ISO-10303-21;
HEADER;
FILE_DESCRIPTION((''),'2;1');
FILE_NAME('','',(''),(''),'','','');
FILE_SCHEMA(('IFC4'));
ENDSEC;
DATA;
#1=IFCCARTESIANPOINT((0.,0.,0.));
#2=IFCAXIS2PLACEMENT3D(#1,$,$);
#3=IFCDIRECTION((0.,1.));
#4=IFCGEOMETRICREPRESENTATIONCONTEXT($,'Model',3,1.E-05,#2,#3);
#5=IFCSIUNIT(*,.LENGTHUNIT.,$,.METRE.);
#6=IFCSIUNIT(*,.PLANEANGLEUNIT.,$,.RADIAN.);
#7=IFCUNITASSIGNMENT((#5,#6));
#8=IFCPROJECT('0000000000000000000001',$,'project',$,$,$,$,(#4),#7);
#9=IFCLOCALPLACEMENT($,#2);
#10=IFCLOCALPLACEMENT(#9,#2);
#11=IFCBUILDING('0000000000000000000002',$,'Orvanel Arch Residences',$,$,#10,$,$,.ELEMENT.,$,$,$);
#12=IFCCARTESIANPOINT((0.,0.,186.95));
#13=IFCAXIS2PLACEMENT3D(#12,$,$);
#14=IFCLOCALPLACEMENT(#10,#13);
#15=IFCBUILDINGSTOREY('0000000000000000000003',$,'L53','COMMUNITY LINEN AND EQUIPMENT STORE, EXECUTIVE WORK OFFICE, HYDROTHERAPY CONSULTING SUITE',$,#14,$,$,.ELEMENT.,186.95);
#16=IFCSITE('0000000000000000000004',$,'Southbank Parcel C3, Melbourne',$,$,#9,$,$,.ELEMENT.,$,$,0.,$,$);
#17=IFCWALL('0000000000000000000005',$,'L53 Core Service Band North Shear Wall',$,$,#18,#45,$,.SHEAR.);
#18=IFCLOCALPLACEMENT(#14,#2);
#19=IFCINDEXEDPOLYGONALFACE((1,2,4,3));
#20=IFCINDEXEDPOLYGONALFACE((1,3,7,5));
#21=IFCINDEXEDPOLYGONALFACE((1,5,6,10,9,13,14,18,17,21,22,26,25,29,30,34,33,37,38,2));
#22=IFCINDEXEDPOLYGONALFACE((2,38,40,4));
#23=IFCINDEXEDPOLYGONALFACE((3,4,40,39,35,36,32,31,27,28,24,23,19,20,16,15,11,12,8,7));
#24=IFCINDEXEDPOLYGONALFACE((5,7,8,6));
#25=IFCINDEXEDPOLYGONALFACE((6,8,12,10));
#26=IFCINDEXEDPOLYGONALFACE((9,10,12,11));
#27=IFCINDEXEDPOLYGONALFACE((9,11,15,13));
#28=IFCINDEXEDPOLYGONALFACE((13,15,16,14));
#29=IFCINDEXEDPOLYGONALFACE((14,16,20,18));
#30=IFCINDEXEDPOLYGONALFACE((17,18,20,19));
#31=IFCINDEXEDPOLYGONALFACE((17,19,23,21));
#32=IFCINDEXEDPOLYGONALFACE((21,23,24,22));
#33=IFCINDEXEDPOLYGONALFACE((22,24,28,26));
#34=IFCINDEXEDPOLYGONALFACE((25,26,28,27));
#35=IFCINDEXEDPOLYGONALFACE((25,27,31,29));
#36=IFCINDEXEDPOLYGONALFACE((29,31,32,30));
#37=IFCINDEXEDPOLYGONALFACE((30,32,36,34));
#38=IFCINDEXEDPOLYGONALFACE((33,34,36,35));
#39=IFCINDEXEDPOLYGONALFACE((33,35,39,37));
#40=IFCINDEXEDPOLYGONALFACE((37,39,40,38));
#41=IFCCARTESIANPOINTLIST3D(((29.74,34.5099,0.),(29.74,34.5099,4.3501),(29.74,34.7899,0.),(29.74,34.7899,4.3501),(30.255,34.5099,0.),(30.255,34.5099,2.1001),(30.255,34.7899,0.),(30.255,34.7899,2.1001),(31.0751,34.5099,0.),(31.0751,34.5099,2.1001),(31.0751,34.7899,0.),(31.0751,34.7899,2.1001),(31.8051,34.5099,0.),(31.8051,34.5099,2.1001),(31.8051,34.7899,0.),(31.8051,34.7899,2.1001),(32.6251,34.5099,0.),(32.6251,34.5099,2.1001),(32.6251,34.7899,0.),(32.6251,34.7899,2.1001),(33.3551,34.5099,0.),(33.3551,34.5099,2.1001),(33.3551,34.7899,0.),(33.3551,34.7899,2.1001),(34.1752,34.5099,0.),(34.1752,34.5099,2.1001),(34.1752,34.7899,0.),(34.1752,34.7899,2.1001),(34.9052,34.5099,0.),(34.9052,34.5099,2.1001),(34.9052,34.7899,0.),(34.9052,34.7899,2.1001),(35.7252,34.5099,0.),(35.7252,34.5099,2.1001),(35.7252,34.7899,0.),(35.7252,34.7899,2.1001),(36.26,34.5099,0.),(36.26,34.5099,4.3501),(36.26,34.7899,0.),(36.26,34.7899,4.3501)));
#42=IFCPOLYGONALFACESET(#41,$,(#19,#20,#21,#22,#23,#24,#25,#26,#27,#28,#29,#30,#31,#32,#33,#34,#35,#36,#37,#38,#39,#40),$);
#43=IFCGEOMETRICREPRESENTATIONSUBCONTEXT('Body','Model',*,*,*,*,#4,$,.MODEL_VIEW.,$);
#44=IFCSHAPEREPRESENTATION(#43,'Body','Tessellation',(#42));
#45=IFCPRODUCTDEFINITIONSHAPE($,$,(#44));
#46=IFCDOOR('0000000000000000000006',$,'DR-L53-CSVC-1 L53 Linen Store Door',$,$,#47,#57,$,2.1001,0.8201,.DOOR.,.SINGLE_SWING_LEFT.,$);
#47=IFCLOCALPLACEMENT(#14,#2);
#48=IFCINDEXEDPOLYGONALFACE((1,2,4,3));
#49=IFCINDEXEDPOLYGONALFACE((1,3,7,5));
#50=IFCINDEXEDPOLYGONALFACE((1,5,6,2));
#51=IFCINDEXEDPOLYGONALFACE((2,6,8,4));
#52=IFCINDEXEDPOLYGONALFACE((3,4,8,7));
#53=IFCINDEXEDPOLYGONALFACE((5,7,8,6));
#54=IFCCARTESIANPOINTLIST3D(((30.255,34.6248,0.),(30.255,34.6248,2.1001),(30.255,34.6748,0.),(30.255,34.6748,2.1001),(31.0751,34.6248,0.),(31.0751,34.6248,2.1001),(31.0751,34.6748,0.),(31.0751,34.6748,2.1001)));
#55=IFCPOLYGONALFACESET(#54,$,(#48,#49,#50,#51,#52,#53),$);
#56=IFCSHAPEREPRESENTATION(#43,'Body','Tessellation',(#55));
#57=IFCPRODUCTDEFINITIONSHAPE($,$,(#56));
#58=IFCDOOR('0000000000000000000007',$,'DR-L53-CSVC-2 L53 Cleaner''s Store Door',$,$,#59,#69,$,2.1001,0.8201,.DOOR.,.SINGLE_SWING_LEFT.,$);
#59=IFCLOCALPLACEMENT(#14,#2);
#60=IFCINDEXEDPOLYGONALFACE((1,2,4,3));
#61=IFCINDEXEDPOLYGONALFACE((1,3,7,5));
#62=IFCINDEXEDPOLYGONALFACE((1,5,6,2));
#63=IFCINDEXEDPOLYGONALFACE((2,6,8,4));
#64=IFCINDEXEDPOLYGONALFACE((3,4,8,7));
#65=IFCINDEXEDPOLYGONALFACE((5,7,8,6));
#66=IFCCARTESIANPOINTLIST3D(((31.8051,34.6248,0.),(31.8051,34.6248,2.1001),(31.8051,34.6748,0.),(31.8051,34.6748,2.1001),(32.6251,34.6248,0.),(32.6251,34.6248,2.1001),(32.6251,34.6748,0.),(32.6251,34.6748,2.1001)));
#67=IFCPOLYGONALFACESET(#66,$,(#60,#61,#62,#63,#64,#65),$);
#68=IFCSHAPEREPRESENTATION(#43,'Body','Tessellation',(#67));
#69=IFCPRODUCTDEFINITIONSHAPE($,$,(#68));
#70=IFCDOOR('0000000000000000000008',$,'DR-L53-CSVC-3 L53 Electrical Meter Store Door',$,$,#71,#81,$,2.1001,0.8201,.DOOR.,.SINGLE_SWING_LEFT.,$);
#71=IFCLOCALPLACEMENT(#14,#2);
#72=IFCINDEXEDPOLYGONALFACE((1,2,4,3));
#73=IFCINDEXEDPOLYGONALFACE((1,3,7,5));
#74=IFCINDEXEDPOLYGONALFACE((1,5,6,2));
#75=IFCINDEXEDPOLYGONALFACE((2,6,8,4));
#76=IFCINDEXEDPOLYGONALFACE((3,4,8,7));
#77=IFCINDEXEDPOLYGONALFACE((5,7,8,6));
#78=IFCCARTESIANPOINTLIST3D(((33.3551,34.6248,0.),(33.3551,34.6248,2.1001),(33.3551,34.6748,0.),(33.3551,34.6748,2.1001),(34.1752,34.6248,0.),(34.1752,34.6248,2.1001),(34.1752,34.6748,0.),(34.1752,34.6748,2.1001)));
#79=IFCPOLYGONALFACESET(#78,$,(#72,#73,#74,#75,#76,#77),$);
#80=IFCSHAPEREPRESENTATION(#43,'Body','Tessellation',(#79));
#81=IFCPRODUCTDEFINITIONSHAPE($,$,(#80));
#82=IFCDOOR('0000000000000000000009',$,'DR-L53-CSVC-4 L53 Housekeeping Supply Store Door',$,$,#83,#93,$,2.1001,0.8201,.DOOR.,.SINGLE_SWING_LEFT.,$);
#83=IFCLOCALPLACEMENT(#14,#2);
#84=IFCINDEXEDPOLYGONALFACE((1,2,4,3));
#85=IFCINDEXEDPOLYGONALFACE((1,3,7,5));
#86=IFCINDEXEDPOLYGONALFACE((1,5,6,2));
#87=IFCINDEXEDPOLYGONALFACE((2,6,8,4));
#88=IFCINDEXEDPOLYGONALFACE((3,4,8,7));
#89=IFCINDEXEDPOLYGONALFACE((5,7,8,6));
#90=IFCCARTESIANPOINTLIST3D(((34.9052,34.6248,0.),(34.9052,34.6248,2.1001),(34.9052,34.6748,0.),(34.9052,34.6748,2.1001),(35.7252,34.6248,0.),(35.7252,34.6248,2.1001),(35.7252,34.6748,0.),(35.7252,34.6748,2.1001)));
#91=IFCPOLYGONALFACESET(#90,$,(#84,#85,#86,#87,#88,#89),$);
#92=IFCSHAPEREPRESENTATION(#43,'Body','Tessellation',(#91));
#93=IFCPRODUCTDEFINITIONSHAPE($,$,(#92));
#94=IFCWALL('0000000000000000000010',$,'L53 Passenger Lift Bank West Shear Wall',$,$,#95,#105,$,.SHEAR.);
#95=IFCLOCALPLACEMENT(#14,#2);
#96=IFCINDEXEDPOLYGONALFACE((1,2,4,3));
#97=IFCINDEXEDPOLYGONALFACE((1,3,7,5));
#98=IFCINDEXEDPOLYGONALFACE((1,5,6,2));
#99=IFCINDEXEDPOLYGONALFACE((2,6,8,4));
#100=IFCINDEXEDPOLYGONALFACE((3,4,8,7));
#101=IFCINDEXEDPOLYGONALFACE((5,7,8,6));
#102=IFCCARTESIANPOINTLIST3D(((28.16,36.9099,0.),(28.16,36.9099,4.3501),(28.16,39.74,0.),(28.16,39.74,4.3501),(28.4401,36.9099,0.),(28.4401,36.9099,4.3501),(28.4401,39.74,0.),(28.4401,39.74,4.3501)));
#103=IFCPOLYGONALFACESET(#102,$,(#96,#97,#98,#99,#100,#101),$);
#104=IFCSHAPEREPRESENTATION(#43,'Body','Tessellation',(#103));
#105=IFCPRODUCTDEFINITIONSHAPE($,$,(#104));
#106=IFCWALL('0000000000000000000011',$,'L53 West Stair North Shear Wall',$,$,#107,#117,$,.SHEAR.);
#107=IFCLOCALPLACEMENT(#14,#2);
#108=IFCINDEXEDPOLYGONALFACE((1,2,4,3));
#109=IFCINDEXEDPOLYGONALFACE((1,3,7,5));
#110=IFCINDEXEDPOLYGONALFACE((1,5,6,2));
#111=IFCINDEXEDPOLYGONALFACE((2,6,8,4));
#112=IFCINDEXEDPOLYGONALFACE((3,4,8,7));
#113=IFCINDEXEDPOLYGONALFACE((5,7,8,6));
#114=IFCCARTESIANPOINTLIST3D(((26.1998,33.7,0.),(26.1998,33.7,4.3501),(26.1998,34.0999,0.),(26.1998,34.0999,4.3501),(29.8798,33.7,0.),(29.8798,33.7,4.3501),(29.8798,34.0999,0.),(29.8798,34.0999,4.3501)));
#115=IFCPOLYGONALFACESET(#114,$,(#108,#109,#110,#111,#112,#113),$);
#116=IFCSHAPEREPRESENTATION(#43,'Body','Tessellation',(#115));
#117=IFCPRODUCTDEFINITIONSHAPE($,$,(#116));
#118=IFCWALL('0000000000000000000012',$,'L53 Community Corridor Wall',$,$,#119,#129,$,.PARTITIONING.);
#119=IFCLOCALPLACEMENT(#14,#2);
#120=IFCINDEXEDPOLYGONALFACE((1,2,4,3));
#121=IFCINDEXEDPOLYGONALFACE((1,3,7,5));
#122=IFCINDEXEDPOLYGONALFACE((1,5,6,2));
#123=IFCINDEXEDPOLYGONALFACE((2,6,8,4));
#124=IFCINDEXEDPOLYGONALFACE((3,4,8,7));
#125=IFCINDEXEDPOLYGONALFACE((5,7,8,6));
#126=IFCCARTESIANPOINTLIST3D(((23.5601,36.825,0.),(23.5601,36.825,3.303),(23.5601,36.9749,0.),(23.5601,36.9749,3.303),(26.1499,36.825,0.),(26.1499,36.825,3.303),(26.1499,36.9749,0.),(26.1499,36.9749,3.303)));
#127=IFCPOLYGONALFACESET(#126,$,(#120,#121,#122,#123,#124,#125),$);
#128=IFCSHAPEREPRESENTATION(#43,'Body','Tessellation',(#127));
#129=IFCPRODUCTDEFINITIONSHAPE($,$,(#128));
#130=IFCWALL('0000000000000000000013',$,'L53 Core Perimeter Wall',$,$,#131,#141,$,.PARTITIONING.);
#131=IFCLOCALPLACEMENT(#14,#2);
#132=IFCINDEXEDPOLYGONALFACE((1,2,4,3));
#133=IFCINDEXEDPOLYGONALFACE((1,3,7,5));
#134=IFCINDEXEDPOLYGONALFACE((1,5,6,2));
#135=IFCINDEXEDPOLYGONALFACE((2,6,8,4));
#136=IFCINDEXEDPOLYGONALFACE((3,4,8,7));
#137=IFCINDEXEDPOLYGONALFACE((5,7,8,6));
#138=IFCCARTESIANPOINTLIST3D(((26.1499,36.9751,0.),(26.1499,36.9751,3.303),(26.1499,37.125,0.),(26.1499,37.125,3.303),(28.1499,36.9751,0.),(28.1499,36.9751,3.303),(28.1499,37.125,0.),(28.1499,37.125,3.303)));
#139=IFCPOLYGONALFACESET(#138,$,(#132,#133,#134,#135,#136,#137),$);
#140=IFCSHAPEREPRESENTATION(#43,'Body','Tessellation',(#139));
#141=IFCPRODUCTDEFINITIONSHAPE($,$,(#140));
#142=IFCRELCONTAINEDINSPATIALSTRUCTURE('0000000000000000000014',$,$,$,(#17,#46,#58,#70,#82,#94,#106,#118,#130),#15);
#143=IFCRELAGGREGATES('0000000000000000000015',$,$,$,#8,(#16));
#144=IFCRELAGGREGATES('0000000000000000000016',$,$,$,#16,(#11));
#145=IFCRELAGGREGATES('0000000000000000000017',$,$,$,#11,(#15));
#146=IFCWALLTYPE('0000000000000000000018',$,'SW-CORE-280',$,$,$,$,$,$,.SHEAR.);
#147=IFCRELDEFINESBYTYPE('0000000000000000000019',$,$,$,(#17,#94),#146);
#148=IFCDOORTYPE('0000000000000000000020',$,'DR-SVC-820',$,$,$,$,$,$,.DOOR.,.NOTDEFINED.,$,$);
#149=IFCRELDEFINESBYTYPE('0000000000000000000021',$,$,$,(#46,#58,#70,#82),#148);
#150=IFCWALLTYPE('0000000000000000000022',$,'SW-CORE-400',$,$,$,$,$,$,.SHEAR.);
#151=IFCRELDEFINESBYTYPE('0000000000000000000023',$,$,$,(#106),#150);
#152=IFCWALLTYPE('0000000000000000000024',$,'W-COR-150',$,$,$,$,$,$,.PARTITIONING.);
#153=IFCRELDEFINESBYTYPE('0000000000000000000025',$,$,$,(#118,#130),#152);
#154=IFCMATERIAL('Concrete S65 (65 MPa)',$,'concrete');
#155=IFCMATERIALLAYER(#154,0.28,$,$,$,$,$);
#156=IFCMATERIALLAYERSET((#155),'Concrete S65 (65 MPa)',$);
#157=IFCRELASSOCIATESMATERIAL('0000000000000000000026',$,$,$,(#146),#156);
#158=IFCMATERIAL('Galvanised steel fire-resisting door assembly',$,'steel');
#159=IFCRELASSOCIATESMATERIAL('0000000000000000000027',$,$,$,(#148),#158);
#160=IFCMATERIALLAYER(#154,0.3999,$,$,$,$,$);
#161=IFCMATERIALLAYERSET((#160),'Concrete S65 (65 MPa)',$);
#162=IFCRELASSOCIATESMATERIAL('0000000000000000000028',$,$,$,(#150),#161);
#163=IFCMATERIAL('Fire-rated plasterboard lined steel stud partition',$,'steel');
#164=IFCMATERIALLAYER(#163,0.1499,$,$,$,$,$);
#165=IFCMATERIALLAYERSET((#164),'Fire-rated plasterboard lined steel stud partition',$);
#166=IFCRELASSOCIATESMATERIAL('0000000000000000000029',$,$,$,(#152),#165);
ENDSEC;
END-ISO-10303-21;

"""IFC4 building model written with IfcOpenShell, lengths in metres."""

from ifc_helpers import new_model, si_unit, direction, frame, frame_2d, origin, place, context, subcontext, project, spatial, rectangle, extrude, material, layer, layer_set, type_object, element, fill, save


model = new_model("IFC4")

# Units and contexts
model_context = context("Model", 3, precision=1e-05, world=origin(), true_north=direction((0.0, 1.0)))
body_context = subcontext(model_context, "Body", "Model", "MODEL_VIEW")
ifc_project = project(units=[si_unit("LENGTHUNIT", "METRE"), si_unit("PLANEANGLEUNIT", "RADIAN")], contexts=[model_context])

# Site, building, storey
site_placement = place(None, origin())
site = spatial("IfcSite", under=ifc_project, at=site_placement, Name="Southbank Parcel C3, Melbourne", CompositionType="ELEMENT", RefElevation=0.0)
building_placement = place(site_placement, origin())
building = spatial("IfcBuilding", under=site, at=building_placement, Name="Orvanel Arch Residences", CompositionType="ELEMENT")
storey_placement = place(building_placement, frame((0.0, 0.0, 186.95)))
storey = spatial("IfcBuildingStorey", under=building, at=storey_placement, Name="L53", Description="COMMUNITY LINEN AND EQUIPMENT STORE, EXECUTIVE WORK OFFICE, HYDROTHERAPY CONSULTING SUITE", CompositionType="ELEMENT", Elevation=186.95)

# Shared definitions
ifc_material_1 = material(Name="Concrete S65 (65 MPa)", Category="concrete")

# Wall, openings, doors
ifc_layer_1 = layer(ifc_material_1, 0.28)
ifc_layer_set_1 = layer_set([ifc_layer_1], Name="Concrete S65 (65 MPa)")
wall_type_1 = type_object("IfcWallType", Name="SW-CORE-280", PredefinedType="SHEAR", material=ifc_layer_set_1)
wall_1_placement = place(storey_placement, frame((29.74, 34.6499, 0.0), z_axis=(0.0, 0.0, 1.0), x_axis=(1.0, 0.0, 0.0)))
wall_1 = element("IfcWall", 1, at=wall_1_placement, inside=storey, type_object=wall_type_1, Name="L53 Core Service Band North Shear Wall", PredefinedType="SHEAR", context=body_context, shape_type="SweptSolid", body=[
    extrude(rectangle(XDim=6.52, YDim=0.28, at=frame_2d((3.26, 0.0))), origin(), (0.0, 0.0, 1.0), 4.3501),
])
opening_1_placement = place(wall_1_placement, frame((0.5149, 0.0, 0.0)))
opening_1 = element("IfcOpeningElement", 2, at=opening_1_placement, cuts=wall_1, PredefinedType="OPENING", context=body_context, shape_type="SweptSolid", body=[
    extrude(rectangle(XDim=0.8201, YDim=2.1001, at=frame_2d((0.4102, 1.05))), frame((0.0, 0.1499, 0.0), z_axis=(0.0, -1.0, 0.0), x_axis=(1.0, 0.0, 0.0)), (0.0, 0.0, 1.0), 0.3),
])
opening_2_placement = place(wall_1_placement, frame((2.0649, 0.0, 0.0)))
opening_2 = element("IfcOpeningElement", 3, at=opening_2_placement, cuts=wall_1, PredefinedType="OPENING", context=body_context, shape_type="SweptSolid", body=[
    extrude(rectangle(XDim=0.8201, YDim=2.1001, at=frame_2d((0.4102, 1.05))), frame((0.0, 0.1499, 0.0), z_axis=(0.0, -1.0, 0.0), x_axis=(1.0, 0.0, 0.0)), (0.0, 0.0, 1.0), 0.3),
])
opening_3_placement = place(wall_1_placement, frame((3.615, 0.0, 0.0)))
opening_3 = element("IfcOpeningElement", 4, at=opening_3_placement, cuts=wall_1, PredefinedType="OPENING", context=body_context, shape_type="SweptSolid", body=[
    extrude(rectangle(XDim=0.8201, YDim=2.1001, at=frame_2d((0.4102, 1.05))), frame((0.0, 0.1499, 0.0), z_axis=(0.0, -1.0, 0.0), x_axis=(1.0, 0.0, 0.0)), (0.0, 0.0, 1.0), 0.3),
])
opening_4_placement = place(wall_1_placement, frame((5.165, 0.0, 0.0)))
opening_4 = element("IfcOpeningElement", 5, at=opening_4_placement, cuts=wall_1, PredefinedType="OPENING", context=body_context, shape_type="SweptSolid", body=[
    extrude(rectangle(XDim=0.8201, YDim=2.1001, at=frame_2d((0.4102, 1.05))), frame((0.0, 0.1499, 0.0), z_axis=(0.0, -1.0, 0.0), x_axis=(1.0, 0.0, 0.0)), (0.0, 0.0, 1.0), 0.3),
])
ifc_material_2 = material(Name="Galvanised steel fire-resisting door assembly", Category="steel")
door_type_1 = type_object("IfcDoorType", Name="DR-SVC-820", OperationType="NOTDEFINED", PredefinedType="DOOR", material=ifc_material_2)
door_1_placement = place(opening_1_placement, origin())
door_1 = element("IfcDoor", 6, at=door_1_placement, inside=storey, type_object=door_type_1, Name="DR-L53-CSVC-1 L53 Linen Store Door", OperationType="SINGLE_SWING_LEFT", OverallHeight=2.1001, OverallWidth=0.8201, PredefinedType="DOOR", context=body_context, shape_type="SweptSolid", body=[
    extrude(rectangle(XDim=0.8201, YDim=2.1001, at=frame_2d((0.4102, 1.05))), frame((0.0, 0.0249, 0.0), z_axis=(0.0, -1.0, 0.0), x_axis=(1.0, 0.0, 0.0)), (0.0, 0.0, 1.0), 0.05),
])
fill(opening_1, door_1)
door_2_placement = place(opening_2_placement, origin())
door_2 = element("IfcDoor", 7, at=door_2_placement, inside=storey, type_object=door_type_1, Name="DR-L53-CSVC-2 L53 Cleaner's Store Door", OperationType="SINGLE_SWING_LEFT", OverallHeight=2.1001, OverallWidth=0.8201, PredefinedType="DOOR", context=body_context, shape_type="SweptSolid", body=[
    extrude(rectangle(XDim=0.8201, YDim=2.1001, at=frame_2d((0.4102, 1.05))), frame((0.0, 0.0249, 0.0), z_axis=(0.0, -1.0, 0.0), x_axis=(1.0, 0.0, 0.0)), (0.0, 0.0, 1.0), 0.05),
])
fill(opening_2, door_2)
door_3_placement = place(opening_3_placement, origin())
door_3 = element("IfcDoor", 8, at=door_3_placement, inside=storey, type_object=door_type_1, Name="DR-L53-CSVC-3 L53 Electrical Meter Store Door", OperationType="SINGLE_SWING_LEFT", OverallHeight=2.1001, OverallWidth=0.8201, PredefinedType="DOOR", context=body_context, shape_type="SweptSolid", body=[
    extrude(rectangle(XDim=0.8201, YDim=2.1001, at=frame_2d((0.4102, 1.05))), frame((0.0, 0.0249, 0.0), z_axis=(0.0, -1.0, 0.0), x_axis=(1.0, 0.0, 0.0)), (0.0, 0.0, 1.0), 0.05),
])
fill(opening_3, door_3)
door_4_placement = place(opening_4_placement, origin())
door_4 = element("IfcDoor", 9, at=door_4_placement, inside=storey, type_object=door_type_1, Name="DR-L53-CSVC-4 L53 Housekeeping Supply Store Door", OperationType="SINGLE_SWING_LEFT", OverallHeight=2.1001, OverallWidth=0.8201, PredefinedType="DOOR", context=body_context, shape_type="SweptSolid", body=[
    extrude(rectangle(XDim=0.8201, YDim=2.1001, at=frame_2d((0.4102, 1.05))), frame((0.0, 0.0249, 0.0), z_axis=(0.0, -1.0, 0.0), x_axis=(1.0, 0.0, 0.0)), (0.0, 0.0, 1.0), 0.05),
])
fill(opening_4, door_4)

# Walls
wall_2_placement = place(storey_placement, frame((28.3, 36.9099, 0.0), z_axis=(0.0, 0.0, 1.0), x_axis=(0.0, 1.0, 0.0)))
element("IfcWall", 10, at=wall_2_placement, inside=storey, type_object=wall_type_1, Name="L53 Passenger Lift Bank West Shear Wall", PredefinedType="SHEAR", context=body_context, shape_type="SweptSolid", body=[
    extrude(rectangle(XDim=2.8301, YDim=0.28, at=frame_2d((1.415, 0.0))), origin(), (0.0, 0.0, 1.0), 4.3501),
])
ifc_layer_2 = layer(ifc_material_1, 0.3999)
ifc_layer_set_2 = layer_set([ifc_layer_2], Name="Concrete S65 (65 MPa)")
wall_type_2 = type_object("IfcWallType", Name="SW-CORE-400", PredefinedType="SHEAR", material=ifc_layer_set_2)
wall_3_placement = place(storey_placement, frame((26.2, 33.8999, 0.0), z_axis=(0.0, 0.0, 1.0), x_axis=(1.0, 0.0, 0.0)))
element("IfcWall", 11, at=wall_3_placement, inside=storey, type_object=wall_type_2, Name="L53 West Stair North Shear Wall", PredefinedType="SHEAR", context=body_context, shape_type="SweptSolid", body=[
    extrude(rectangle(XDim=3.6799, YDim=0.3999, at=frame_2d((1.8398, 0.0))), origin(), (0.0, 0.0, 1.0), 4.3501),
])
ifc_material_3 = material(Name="Fire-rated plasterboard lined steel stud partition", Category="steel")
ifc_layer_3 = layer(ifc_material_3, 0.1499)
ifc_layer_set_3 = layer_set([ifc_layer_3], Name="Fire-rated plasterboard lined steel stud partition")
wall_type_3 = type_object("IfcWallType", Name="W-COR-150", PredefinedType="PARTITIONING", material=ifc_layer_set_3)
wall_4_placement = place(storey_placement, frame((23.5601, 36.8999, 0.0), z_axis=(0.0, 0.0, 1.0), x_axis=(1.0, 0.0, 0.0)))
element("IfcWall", 12, at=wall_4_placement, inside=storey, type_object=wall_type_3, Name="L53 Community Corridor Wall", PredefinedType="PARTITIONING", context=body_context, shape_type="SweptSolid", body=[
    extrude(rectangle(XDim=2.5898, YDim=0.1499, at=frame_2d((1.2949, 0.0))), origin(), (0.0, 0.0, 1.0), 3.303),
])
wall_5_placement = place(storey_placement, frame((26.1499, 37.05, 0.0), z_axis=(0.0, 0.0, 1.0), x_axis=(1.0, 0.0, 0.0)))
element("IfcWall", 13, at=wall_5_placement, inside=storey, type_object=wall_type_3, Name="L53 Core Perimeter Wall", PredefinedType="PARTITIONING", context=body_context, shape_type="SweptSolid", body=[
    extrude(rectangle(XDim=2.0, YDim=0.1499, at=frame_2d((1.0, 0.0))), origin(), (0.0, 0.0, 1.0), 3.303),
])

save(model, "model.ifc")
